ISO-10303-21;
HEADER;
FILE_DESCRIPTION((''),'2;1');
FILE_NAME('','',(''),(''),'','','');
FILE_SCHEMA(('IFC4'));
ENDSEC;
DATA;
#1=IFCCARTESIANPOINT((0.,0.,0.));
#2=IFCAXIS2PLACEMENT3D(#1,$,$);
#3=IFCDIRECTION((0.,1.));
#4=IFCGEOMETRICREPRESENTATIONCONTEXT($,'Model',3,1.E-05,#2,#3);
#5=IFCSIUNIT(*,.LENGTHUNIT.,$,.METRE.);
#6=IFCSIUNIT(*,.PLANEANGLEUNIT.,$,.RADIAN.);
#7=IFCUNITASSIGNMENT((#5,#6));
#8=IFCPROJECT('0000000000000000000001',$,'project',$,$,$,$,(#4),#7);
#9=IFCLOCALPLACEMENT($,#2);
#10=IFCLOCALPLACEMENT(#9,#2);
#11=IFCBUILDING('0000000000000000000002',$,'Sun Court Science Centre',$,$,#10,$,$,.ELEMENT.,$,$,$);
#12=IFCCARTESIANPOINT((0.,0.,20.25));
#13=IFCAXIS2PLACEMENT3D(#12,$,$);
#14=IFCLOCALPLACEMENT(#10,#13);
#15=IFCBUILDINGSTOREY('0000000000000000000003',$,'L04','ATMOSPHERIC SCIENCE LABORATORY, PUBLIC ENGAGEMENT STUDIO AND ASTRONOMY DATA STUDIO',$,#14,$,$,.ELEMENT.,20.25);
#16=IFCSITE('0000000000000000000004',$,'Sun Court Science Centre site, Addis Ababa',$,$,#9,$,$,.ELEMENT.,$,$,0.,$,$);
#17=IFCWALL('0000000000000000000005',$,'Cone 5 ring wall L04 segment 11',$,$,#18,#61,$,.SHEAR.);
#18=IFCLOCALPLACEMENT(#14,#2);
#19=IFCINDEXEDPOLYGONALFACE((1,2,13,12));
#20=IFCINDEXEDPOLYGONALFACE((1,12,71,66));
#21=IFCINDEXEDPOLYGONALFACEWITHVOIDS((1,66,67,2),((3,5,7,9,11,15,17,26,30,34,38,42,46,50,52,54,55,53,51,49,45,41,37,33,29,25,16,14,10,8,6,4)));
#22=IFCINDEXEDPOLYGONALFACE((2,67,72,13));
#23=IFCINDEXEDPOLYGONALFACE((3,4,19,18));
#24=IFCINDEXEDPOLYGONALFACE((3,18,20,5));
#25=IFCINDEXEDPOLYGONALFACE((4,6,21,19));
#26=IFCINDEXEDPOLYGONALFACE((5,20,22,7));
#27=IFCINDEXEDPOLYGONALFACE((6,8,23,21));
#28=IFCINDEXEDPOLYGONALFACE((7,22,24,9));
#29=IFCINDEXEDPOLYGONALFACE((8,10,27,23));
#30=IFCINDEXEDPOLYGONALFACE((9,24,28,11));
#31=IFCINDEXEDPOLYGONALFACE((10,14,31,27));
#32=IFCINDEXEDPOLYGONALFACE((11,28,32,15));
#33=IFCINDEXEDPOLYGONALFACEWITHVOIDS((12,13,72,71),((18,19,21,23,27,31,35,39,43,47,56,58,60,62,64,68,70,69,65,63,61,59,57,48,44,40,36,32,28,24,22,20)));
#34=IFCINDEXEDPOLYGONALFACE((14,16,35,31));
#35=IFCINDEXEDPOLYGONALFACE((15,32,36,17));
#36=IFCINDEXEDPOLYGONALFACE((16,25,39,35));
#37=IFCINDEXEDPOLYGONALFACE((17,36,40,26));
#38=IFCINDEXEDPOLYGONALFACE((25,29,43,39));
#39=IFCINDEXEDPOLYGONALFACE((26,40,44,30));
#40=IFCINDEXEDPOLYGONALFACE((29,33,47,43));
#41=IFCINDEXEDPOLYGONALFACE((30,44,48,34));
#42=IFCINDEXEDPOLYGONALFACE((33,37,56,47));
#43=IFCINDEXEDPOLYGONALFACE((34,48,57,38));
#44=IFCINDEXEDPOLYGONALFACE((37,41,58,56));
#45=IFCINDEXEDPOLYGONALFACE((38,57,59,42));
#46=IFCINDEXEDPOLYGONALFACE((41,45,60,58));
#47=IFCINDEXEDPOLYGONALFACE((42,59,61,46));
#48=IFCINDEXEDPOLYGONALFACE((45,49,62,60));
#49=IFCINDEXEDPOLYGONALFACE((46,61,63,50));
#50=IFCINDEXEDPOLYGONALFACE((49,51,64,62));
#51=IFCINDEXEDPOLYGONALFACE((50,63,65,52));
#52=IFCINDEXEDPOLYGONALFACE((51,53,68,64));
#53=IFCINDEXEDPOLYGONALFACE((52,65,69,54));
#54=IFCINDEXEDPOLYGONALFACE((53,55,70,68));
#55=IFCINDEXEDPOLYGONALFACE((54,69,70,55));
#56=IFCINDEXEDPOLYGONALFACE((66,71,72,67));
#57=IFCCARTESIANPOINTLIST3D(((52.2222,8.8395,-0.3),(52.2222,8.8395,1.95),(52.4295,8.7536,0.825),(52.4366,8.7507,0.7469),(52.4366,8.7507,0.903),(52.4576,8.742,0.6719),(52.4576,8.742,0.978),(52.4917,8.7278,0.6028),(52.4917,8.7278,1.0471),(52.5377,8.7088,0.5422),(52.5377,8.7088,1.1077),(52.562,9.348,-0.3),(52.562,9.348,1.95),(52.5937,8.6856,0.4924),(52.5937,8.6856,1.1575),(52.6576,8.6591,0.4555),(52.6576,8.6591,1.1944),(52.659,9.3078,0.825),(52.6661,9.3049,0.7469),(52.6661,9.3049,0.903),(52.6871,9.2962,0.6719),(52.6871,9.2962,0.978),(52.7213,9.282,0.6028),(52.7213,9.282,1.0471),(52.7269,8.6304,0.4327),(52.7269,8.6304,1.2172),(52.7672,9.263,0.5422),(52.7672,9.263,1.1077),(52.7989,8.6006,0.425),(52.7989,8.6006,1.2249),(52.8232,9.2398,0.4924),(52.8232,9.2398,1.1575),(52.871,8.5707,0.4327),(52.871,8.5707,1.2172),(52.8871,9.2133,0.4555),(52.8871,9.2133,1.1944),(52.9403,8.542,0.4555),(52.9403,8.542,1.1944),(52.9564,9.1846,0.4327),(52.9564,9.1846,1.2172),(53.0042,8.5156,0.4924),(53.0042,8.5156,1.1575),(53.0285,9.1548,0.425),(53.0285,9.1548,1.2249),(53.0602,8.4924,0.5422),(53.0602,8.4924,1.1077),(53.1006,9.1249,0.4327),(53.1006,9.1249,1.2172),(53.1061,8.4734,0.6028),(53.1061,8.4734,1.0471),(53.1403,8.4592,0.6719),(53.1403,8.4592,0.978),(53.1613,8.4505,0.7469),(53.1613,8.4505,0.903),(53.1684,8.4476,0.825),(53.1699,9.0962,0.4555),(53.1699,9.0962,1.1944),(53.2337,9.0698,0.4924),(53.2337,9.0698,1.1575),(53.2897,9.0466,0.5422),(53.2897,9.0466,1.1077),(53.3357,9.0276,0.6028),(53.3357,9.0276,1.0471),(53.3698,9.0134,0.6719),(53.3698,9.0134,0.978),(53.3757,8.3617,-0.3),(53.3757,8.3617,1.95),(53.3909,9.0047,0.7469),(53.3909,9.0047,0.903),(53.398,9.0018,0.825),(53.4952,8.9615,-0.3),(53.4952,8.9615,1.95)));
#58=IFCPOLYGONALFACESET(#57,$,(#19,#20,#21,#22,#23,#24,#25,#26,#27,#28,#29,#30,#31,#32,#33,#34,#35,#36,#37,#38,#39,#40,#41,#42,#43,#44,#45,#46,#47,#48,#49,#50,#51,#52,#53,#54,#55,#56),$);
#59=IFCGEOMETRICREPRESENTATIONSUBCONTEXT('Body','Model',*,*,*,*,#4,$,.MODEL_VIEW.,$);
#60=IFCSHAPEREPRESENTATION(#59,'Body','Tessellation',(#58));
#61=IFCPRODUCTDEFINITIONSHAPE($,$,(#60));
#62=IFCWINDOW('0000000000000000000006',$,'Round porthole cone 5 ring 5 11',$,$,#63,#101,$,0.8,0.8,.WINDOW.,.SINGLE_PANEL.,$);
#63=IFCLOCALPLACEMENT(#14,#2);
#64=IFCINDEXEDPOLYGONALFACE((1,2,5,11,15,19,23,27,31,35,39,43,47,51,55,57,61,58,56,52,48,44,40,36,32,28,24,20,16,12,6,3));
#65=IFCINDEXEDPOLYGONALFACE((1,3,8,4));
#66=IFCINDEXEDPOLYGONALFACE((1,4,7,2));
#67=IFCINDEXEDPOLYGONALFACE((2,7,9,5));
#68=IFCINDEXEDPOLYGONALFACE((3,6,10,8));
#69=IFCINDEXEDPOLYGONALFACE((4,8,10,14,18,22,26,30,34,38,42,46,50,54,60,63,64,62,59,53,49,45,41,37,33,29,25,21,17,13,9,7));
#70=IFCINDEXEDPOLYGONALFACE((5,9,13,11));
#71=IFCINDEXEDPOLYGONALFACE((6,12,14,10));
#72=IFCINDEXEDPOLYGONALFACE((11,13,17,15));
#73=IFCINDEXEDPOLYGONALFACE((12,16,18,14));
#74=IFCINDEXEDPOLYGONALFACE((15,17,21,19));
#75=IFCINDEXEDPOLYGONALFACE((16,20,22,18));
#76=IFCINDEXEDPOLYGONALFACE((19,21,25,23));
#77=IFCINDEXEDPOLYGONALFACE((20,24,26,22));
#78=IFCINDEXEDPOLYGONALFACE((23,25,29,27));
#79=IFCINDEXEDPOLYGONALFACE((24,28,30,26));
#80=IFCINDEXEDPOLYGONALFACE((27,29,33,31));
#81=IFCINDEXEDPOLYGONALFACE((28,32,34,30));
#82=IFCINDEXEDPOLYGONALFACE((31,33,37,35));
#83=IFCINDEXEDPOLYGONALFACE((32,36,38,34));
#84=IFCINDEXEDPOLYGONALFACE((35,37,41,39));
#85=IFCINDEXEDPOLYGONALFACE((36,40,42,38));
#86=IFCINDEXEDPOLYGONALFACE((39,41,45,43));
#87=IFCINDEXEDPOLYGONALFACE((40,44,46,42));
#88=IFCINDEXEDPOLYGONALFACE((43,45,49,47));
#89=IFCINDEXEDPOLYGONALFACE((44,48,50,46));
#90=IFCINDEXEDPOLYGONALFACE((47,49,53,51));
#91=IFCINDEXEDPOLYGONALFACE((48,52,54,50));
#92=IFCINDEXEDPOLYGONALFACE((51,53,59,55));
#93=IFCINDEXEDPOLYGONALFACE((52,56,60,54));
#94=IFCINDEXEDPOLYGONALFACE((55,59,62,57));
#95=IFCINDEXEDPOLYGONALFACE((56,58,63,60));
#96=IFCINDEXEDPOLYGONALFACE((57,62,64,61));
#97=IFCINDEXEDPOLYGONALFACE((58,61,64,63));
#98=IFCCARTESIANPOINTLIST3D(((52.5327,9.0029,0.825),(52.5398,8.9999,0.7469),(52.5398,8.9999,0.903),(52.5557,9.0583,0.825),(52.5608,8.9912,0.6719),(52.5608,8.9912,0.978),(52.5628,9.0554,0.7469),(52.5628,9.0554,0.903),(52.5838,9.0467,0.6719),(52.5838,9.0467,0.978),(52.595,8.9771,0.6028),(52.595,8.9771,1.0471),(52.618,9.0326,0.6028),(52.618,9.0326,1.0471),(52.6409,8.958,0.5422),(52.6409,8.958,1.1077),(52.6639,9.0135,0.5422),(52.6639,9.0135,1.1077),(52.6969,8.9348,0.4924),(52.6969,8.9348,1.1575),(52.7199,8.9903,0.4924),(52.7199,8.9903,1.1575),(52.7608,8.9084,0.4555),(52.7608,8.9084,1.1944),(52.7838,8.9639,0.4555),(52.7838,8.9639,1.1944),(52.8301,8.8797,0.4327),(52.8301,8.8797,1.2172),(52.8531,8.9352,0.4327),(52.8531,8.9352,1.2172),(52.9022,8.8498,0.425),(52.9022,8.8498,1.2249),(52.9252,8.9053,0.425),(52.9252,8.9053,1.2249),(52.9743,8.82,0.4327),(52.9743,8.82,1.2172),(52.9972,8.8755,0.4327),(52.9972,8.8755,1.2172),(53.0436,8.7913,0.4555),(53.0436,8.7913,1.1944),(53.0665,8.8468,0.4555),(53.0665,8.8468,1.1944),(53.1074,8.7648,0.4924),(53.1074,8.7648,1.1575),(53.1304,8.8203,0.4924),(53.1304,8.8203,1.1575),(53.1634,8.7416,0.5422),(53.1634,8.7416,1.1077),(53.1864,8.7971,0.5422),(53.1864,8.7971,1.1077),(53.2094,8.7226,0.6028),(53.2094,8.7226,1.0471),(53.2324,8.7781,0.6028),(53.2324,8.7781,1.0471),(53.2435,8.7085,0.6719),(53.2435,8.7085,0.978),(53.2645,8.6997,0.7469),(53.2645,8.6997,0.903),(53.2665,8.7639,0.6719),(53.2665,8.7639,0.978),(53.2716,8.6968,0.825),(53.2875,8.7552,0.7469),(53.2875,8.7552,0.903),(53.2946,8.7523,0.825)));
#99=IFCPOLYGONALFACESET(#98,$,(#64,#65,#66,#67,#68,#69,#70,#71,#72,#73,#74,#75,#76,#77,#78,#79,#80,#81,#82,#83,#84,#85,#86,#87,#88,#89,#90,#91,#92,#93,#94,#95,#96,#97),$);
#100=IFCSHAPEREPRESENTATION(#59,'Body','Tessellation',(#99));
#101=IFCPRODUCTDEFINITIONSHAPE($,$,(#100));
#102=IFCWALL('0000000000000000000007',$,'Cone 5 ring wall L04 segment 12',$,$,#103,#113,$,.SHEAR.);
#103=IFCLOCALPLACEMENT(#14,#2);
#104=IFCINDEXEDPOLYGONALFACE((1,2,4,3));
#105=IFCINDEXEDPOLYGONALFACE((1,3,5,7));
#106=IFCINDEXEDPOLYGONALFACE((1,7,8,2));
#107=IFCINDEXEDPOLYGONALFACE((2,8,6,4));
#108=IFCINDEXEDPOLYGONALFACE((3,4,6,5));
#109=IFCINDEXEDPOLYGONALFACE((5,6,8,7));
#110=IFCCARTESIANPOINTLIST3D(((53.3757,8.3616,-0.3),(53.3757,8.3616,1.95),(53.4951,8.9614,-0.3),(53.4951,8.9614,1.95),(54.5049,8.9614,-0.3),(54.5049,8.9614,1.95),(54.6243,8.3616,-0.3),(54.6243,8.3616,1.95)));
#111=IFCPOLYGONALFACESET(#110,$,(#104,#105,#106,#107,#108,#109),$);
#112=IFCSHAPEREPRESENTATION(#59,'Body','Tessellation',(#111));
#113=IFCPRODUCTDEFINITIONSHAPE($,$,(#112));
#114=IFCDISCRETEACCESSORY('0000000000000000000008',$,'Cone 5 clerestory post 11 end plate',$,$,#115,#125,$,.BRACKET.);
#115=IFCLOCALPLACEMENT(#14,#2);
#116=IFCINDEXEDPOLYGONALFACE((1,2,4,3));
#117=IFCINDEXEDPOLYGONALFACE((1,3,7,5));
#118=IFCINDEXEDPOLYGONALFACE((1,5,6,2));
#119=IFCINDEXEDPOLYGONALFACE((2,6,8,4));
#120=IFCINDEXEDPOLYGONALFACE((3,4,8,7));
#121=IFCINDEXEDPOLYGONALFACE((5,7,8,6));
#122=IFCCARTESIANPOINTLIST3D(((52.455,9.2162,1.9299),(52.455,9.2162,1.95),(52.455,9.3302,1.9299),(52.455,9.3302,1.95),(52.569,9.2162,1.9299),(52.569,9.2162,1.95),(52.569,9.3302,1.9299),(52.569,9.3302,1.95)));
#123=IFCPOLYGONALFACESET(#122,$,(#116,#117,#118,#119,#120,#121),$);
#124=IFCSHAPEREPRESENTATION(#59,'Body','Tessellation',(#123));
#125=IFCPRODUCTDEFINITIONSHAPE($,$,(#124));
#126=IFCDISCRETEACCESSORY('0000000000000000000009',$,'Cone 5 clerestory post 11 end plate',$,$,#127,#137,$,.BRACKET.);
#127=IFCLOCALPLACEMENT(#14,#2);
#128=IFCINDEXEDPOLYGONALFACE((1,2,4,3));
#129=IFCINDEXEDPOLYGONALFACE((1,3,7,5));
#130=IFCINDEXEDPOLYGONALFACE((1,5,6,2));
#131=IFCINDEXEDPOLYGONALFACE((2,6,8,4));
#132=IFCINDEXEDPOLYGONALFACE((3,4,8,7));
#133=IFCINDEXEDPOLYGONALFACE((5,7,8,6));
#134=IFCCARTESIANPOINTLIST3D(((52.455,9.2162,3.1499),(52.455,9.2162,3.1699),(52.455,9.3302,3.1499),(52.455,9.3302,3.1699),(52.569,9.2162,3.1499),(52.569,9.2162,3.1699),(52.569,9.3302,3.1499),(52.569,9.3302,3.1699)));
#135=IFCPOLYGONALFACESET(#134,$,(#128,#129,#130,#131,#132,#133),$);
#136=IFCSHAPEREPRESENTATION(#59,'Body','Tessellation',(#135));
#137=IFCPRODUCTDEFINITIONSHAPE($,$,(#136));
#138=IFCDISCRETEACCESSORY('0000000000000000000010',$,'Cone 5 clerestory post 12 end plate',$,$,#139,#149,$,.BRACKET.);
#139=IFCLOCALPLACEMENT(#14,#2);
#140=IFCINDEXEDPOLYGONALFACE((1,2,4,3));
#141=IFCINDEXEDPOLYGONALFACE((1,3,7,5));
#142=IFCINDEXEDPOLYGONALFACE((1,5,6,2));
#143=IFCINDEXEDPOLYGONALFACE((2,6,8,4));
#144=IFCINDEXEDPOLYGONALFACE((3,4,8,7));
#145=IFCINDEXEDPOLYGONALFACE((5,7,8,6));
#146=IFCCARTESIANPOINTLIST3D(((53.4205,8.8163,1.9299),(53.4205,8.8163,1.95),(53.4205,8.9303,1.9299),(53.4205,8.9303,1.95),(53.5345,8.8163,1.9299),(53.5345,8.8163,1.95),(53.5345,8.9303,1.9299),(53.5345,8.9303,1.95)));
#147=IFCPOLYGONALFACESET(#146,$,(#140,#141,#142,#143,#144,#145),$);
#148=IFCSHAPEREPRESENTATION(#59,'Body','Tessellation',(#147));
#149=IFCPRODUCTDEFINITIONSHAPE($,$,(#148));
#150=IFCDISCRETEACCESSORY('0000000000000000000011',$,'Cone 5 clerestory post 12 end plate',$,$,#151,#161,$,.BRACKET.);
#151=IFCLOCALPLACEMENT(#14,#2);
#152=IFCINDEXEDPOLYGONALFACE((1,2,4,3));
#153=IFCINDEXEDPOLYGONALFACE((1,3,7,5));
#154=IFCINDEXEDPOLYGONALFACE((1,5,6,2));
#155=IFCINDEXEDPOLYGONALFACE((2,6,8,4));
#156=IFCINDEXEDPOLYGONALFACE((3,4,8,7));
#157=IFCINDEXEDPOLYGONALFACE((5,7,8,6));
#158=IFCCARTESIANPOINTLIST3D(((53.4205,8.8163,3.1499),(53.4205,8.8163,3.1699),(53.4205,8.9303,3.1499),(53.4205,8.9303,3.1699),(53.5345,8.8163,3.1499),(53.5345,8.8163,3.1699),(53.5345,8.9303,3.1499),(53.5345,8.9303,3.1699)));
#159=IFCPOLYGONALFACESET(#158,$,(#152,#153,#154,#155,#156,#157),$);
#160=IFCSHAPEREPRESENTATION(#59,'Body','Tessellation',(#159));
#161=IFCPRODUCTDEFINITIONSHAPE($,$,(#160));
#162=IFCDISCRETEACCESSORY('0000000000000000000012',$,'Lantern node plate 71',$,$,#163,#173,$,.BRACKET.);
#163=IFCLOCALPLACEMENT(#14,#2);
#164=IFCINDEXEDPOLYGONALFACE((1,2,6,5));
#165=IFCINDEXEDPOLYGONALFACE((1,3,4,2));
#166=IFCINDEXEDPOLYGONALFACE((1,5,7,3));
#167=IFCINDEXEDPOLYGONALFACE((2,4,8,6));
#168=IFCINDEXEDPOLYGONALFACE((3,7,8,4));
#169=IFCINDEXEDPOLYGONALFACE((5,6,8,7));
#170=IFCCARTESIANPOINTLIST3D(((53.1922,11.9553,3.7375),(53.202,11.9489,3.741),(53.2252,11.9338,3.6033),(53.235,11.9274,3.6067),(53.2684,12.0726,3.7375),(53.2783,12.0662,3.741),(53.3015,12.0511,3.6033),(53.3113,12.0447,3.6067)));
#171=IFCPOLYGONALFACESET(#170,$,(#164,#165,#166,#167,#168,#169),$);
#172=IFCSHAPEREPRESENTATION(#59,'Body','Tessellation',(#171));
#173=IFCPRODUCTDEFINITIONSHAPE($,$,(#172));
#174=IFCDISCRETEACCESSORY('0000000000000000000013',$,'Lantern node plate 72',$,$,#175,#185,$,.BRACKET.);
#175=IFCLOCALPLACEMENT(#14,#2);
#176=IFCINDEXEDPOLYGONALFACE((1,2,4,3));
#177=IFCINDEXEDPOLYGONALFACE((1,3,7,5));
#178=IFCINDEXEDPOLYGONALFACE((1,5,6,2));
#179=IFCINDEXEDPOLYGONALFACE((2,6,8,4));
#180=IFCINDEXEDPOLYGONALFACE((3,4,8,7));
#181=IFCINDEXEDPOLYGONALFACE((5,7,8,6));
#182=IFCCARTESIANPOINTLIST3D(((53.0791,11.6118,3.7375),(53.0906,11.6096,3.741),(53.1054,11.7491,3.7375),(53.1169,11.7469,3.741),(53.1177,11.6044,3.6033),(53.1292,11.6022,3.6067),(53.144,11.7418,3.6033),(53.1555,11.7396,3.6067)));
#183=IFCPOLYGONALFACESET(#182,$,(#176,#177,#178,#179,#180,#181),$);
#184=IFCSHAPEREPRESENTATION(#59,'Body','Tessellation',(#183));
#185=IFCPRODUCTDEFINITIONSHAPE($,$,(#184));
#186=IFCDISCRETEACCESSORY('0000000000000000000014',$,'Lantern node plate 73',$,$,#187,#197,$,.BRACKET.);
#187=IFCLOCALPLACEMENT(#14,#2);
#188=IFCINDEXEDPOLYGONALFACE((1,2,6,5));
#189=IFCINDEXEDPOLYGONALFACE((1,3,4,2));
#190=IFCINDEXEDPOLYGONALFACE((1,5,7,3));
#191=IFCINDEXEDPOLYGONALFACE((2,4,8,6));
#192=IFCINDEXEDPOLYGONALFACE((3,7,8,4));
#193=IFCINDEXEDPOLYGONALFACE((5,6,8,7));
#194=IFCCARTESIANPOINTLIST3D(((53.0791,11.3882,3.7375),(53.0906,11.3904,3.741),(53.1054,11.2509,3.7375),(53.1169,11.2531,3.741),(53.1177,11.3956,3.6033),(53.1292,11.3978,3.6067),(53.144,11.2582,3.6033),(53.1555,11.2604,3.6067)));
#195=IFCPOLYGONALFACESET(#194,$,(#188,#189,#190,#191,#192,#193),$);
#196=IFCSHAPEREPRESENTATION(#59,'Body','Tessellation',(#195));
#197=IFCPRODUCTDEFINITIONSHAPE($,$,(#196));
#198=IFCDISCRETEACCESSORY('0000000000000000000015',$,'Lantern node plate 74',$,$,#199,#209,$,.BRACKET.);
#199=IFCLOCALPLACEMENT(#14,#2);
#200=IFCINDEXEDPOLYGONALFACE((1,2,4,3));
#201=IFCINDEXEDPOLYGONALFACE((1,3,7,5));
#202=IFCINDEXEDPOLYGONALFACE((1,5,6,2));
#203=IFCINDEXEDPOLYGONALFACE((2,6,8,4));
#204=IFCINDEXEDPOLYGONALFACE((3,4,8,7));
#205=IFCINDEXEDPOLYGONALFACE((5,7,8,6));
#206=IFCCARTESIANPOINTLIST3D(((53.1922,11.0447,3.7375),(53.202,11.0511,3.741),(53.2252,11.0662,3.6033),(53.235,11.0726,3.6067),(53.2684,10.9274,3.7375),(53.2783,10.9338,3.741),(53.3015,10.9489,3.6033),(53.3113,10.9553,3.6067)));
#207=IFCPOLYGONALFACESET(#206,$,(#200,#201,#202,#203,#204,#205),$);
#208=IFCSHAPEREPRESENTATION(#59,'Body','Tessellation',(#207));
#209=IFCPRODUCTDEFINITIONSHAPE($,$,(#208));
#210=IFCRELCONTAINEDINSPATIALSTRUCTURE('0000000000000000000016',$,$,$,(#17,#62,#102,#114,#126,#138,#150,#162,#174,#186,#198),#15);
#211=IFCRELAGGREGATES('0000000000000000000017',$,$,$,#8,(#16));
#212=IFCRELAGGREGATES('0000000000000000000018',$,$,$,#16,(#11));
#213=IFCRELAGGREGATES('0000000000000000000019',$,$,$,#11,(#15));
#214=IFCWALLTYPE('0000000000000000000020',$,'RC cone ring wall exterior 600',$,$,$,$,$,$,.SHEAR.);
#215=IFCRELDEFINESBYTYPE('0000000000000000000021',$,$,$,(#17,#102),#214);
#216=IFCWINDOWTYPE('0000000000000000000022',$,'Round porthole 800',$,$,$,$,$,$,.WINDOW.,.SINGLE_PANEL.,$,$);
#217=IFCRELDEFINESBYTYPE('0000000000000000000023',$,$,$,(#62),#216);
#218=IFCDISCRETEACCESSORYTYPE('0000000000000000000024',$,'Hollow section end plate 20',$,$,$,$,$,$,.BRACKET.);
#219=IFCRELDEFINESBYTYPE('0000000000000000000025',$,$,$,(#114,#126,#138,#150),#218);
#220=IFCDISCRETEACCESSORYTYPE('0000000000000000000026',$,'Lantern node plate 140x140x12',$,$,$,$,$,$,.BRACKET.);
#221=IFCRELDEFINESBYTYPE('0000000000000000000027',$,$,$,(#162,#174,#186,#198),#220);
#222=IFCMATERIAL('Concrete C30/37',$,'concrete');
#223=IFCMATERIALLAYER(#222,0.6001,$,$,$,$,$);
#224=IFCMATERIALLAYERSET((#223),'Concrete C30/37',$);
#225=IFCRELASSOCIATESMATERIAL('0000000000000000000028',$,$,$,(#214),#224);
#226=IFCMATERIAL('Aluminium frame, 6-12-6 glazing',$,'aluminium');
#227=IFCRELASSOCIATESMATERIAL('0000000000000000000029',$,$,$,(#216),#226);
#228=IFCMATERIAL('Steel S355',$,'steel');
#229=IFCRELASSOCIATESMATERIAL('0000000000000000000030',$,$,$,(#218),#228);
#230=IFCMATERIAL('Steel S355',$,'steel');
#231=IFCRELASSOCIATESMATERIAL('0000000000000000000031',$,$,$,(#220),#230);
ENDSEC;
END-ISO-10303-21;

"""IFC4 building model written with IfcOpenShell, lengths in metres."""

from ifc_helpers import new_model, si_unit, direction, frame, frame_2d, origin, origin_2d, place, context, subcontext, project, spatial, polyline, rectangle, circle, outline, extrude, material, layer, layer_set, material_profile, profile_set, type_object, element, fill, save


model = new_model("IFC4")

# Units and contexts
model_context = context("Model", 3, precision=1e-05, world=origin(), true_north=direction((0.0, 1.0)))
body_context = subcontext(model_context, "Body", "Model", "MODEL_VIEW")
ifc_project = project(units=[si_unit("LENGTHUNIT", "METRE"), si_unit("PLANEANGLEUNIT", "RADIAN")], contexts=[model_context])

# Site, building, storey
site_placement = place(None, origin())
site = spatial("IfcSite", under=ifc_project, at=site_placement, Name="Sun Court Science Centre site, Addis Ababa", CompositionType="ELEMENT", RefElevation=0.0)
building_placement = place(site_placement, origin())
building = spatial("IfcBuilding", under=site, at=building_placement, Name="Sun Court Science Centre", CompositionType="ELEMENT")
storey_placement = place(building_placement, frame((0.0, 0.0, 20.25)))
storey = spatial("IfcBuildingStorey", under=building, at=storey_placement, Name="L04", Description="ATMOSPHERIC SCIENCE LABORATORY, PUBLIC ENGAGEMENT STUDIO AND ASTRONOMY DATA STUDIO", CompositionType="ELEMENT", Elevation=20.25)

# Wall, opening, window
ifc_material_1 = material(Name="Concrete C30/37", Category="concrete")
ifc_layer_1 = layer(ifc_material_1, 0.6001)
ifc_layer_set_1 = layer_set([ifc_layer_1], Name="Concrete C30/37")
wall_type = type_object("IfcWallType", Name="RC cone ring wall exterior 600", PredefinedType="SHEAR", material=ifc_layer_set_1)
wall_1_placement = place(storey_placement, frame((52.3369, 9.1165, -0.3), z_axis=(0.0, 0.0, 1.0), x_axis=(0.923891, -0.382657, 0.0)))
wall_1 = element("IfcWall", 1, at=wall_1_placement, inside=storey, type_object=wall_type, Name="Cone 5 ring wall L04 segment 11", PredefinedType="SHEAR", context=body_context, shape_type="SweptSolid", body=[
    extrude(outline(polyline([(0.0, -0.2998), (1.2485, -0.2998), (1.1294, 0.3), (0.1194, 0.3), (0.0, -0.2998)])), origin(), (0.0, 0.0, 1.0), 2.25),
])
opening_placement = place(wall_1_placement, frame((0.2244, 0.0, 0.7251)))
opening = element("IfcOpeningElement", 2, at=opening_placement, cuts=wall_1, PredefinedType="OPENING", context=body_context, shape_type="SweptSolid", body=[
    extrude(circle(Radius=0.3999, at=frame_2d((0.3999, 0.3999))), frame((0.0, 0.3101, 0.0), z_axis=(0.0, -1.0, 0.0), x_axis=(1.0, 0.0, 0.0)), (0.0, 0.0, 1.0), 0.6201),
])
ifc_material_2 = material(Name="Aluminium frame, 6-12-6 glazing", Category="aluminium")
window_type = type_object("IfcWindowType", Name="Round porthole 800", PartitioningType="SINGLE_PANEL", PredefinedType="WINDOW", material=ifc_material_2)
window_placement = place(opening_placement, origin())
window = element("IfcWindow", 3, at=window_placement, inside=storey, type_object=window_type, Name="Round porthole cone 5 ring 5 11", OverallHeight=0.8, OverallWidth=0.8, PartitioningType="SINGLE_PANEL", PredefinedType="WINDOW", context=body_context, shape_type="SweptSolid", body=[
    extrude(circle(Radius=0.3999, at=frame_2d((0.3999, 0.3999))), frame((0.0, 0.03, 0.0), z_axis=(0.0, -1.0, 0.0), x_axis=(1.0, 0.0, 0.0)), (0.0, 0.0, 1.0), 0.0601),
])
fill(opening, window)

# Wall
wall_2_placement = place(storey_placement, frame((53.3757, 8.6614, -0.3), z_axis=(0.0, 0.0, 1.0), x_axis=(1.0, 0.0, 0.0)))
element("IfcWall", 4, at=wall_2_placement, inside=storey, type_object=wall_type, Name="Cone 5 ring wall L04 segment 12", PredefinedType="SHEAR", context=body_context, shape_type="SweptSolid", body=[
    extrude(outline(polyline([(0.0, -0.2998), (1.2485, -0.2998), (1.1292, 0.3), (0.1194, 0.3), (0.0, -0.2998)])), origin(), (0.0, 0.0, 1.0), 2.25),
])

# Discrete accessories
ifc_material_3 = material(Name="Steel S355", Category="steel")
discrete_accessory_type_1 = type_object("IfcDiscreteAccessoryType", Name="Hollow section end plate 20", PredefinedType="BRACKET", material=ifc_material_3)
for number, where, z_axis, x_axis, name in (
    (5, (52.512, 9.2732, 1.9299), (0.0, 0.0, 1.0), (1.0, 0.0, 0.0), "Cone 5 clerestory post 11 end plate"),
    (6, (52.512, 9.2732, 3.1499), (0.0, 0.0, 1.0), (1.0, 0.0, 0.0), "Cone 5 clerestory post 11 end plate"),
    (7, (53.4775, 8.8733, 1.9299), (0.0, 0.0, 1.0), (1.0, 0.0, 0.0), "Cone 5 clerestory post 12 end plate"),
    (8, (53.4775, 8.8733, 3.1499), (0.0, 0.0, 1.0), (1.0, 0.0, 0.0), "Cone 5 clerestory post 12 end plate"),
):
    element("IfcDiscreteAccessory", number, at=place(storey_placement, frame(where, z_axis=z_axis, x_axis=x_axis)), inside=storey, type_object=discrete_accessory_type_1, Name=name, PredefinedType="BRACKET", context=body_context, shape_type="SweptSolid", body=[
        extrude(rectangle(XDim=0.114, YDim=0.114, at=origin_2d()), origin(), (0.0, 0.0, 1.0), 0.02),
    ])
ifc_material_4 = material(Name="Steel S355", Category="steel")
ifc_material_profile_1 = material_profile(ifc_material_4, rectangle(XDim=0.1399, YDim=0.1399, at=origin_2d()), Name="PL 140x140")
ifc_profile_set_1 = profile_set([ifc_material_profile_1], Name="Steel S355")
discrete_accessory_type_2 = type_object("IfcDiscreteAccessoryType", Name="Lantern node plate 140x140x12", PredefinedType="BRACKET", material=ifc_profile_set_1)
for number, where, z_axis, x_axis, name in (
    (9, (53.2468, 12.0032, 3.6704), (0.804518, -0.522937, 0.281581), (0.544988, 0.838444, 0.0), "Lantern node plate 71"),
    (10, (53.1116, 11.6768, 3.6704), (0.942643, -0.180506, 0.280787), (0.188072, 0.982155, 0.0), "Lantern node plate 72"),
    (11, (53.1116, 11.3232, 3.6704), (0.942643, 0.180506, 0.280787), (-0.188072, 0.982155, 0.0), "Lantern node plate 73"),
    (12, (53.2468, 10.9968, 3.6704), (0.804518, 0.522937, 0.281581), (-0.544988, 0.838444, 0.0), "Lantern node plate 74"),
):
    element("IfcDiscreteAccessory", number, at=place(storey_placement, frame(where, z_axis=z_axis, x_axis=x_axis)), inside=storey, type_object=discrete_accessory_type_2, Name=name, PredefinedType="BRACKET", context=body_context, shape_type="SweptSolid", body=[
        extrude(rectangle(XDim=0.1399, YDim=0.1399, at=origin_2d()), origin(), (0.0, 0.0, 1.0), 0.0122),
    ])

save(model, "model.ifc")
